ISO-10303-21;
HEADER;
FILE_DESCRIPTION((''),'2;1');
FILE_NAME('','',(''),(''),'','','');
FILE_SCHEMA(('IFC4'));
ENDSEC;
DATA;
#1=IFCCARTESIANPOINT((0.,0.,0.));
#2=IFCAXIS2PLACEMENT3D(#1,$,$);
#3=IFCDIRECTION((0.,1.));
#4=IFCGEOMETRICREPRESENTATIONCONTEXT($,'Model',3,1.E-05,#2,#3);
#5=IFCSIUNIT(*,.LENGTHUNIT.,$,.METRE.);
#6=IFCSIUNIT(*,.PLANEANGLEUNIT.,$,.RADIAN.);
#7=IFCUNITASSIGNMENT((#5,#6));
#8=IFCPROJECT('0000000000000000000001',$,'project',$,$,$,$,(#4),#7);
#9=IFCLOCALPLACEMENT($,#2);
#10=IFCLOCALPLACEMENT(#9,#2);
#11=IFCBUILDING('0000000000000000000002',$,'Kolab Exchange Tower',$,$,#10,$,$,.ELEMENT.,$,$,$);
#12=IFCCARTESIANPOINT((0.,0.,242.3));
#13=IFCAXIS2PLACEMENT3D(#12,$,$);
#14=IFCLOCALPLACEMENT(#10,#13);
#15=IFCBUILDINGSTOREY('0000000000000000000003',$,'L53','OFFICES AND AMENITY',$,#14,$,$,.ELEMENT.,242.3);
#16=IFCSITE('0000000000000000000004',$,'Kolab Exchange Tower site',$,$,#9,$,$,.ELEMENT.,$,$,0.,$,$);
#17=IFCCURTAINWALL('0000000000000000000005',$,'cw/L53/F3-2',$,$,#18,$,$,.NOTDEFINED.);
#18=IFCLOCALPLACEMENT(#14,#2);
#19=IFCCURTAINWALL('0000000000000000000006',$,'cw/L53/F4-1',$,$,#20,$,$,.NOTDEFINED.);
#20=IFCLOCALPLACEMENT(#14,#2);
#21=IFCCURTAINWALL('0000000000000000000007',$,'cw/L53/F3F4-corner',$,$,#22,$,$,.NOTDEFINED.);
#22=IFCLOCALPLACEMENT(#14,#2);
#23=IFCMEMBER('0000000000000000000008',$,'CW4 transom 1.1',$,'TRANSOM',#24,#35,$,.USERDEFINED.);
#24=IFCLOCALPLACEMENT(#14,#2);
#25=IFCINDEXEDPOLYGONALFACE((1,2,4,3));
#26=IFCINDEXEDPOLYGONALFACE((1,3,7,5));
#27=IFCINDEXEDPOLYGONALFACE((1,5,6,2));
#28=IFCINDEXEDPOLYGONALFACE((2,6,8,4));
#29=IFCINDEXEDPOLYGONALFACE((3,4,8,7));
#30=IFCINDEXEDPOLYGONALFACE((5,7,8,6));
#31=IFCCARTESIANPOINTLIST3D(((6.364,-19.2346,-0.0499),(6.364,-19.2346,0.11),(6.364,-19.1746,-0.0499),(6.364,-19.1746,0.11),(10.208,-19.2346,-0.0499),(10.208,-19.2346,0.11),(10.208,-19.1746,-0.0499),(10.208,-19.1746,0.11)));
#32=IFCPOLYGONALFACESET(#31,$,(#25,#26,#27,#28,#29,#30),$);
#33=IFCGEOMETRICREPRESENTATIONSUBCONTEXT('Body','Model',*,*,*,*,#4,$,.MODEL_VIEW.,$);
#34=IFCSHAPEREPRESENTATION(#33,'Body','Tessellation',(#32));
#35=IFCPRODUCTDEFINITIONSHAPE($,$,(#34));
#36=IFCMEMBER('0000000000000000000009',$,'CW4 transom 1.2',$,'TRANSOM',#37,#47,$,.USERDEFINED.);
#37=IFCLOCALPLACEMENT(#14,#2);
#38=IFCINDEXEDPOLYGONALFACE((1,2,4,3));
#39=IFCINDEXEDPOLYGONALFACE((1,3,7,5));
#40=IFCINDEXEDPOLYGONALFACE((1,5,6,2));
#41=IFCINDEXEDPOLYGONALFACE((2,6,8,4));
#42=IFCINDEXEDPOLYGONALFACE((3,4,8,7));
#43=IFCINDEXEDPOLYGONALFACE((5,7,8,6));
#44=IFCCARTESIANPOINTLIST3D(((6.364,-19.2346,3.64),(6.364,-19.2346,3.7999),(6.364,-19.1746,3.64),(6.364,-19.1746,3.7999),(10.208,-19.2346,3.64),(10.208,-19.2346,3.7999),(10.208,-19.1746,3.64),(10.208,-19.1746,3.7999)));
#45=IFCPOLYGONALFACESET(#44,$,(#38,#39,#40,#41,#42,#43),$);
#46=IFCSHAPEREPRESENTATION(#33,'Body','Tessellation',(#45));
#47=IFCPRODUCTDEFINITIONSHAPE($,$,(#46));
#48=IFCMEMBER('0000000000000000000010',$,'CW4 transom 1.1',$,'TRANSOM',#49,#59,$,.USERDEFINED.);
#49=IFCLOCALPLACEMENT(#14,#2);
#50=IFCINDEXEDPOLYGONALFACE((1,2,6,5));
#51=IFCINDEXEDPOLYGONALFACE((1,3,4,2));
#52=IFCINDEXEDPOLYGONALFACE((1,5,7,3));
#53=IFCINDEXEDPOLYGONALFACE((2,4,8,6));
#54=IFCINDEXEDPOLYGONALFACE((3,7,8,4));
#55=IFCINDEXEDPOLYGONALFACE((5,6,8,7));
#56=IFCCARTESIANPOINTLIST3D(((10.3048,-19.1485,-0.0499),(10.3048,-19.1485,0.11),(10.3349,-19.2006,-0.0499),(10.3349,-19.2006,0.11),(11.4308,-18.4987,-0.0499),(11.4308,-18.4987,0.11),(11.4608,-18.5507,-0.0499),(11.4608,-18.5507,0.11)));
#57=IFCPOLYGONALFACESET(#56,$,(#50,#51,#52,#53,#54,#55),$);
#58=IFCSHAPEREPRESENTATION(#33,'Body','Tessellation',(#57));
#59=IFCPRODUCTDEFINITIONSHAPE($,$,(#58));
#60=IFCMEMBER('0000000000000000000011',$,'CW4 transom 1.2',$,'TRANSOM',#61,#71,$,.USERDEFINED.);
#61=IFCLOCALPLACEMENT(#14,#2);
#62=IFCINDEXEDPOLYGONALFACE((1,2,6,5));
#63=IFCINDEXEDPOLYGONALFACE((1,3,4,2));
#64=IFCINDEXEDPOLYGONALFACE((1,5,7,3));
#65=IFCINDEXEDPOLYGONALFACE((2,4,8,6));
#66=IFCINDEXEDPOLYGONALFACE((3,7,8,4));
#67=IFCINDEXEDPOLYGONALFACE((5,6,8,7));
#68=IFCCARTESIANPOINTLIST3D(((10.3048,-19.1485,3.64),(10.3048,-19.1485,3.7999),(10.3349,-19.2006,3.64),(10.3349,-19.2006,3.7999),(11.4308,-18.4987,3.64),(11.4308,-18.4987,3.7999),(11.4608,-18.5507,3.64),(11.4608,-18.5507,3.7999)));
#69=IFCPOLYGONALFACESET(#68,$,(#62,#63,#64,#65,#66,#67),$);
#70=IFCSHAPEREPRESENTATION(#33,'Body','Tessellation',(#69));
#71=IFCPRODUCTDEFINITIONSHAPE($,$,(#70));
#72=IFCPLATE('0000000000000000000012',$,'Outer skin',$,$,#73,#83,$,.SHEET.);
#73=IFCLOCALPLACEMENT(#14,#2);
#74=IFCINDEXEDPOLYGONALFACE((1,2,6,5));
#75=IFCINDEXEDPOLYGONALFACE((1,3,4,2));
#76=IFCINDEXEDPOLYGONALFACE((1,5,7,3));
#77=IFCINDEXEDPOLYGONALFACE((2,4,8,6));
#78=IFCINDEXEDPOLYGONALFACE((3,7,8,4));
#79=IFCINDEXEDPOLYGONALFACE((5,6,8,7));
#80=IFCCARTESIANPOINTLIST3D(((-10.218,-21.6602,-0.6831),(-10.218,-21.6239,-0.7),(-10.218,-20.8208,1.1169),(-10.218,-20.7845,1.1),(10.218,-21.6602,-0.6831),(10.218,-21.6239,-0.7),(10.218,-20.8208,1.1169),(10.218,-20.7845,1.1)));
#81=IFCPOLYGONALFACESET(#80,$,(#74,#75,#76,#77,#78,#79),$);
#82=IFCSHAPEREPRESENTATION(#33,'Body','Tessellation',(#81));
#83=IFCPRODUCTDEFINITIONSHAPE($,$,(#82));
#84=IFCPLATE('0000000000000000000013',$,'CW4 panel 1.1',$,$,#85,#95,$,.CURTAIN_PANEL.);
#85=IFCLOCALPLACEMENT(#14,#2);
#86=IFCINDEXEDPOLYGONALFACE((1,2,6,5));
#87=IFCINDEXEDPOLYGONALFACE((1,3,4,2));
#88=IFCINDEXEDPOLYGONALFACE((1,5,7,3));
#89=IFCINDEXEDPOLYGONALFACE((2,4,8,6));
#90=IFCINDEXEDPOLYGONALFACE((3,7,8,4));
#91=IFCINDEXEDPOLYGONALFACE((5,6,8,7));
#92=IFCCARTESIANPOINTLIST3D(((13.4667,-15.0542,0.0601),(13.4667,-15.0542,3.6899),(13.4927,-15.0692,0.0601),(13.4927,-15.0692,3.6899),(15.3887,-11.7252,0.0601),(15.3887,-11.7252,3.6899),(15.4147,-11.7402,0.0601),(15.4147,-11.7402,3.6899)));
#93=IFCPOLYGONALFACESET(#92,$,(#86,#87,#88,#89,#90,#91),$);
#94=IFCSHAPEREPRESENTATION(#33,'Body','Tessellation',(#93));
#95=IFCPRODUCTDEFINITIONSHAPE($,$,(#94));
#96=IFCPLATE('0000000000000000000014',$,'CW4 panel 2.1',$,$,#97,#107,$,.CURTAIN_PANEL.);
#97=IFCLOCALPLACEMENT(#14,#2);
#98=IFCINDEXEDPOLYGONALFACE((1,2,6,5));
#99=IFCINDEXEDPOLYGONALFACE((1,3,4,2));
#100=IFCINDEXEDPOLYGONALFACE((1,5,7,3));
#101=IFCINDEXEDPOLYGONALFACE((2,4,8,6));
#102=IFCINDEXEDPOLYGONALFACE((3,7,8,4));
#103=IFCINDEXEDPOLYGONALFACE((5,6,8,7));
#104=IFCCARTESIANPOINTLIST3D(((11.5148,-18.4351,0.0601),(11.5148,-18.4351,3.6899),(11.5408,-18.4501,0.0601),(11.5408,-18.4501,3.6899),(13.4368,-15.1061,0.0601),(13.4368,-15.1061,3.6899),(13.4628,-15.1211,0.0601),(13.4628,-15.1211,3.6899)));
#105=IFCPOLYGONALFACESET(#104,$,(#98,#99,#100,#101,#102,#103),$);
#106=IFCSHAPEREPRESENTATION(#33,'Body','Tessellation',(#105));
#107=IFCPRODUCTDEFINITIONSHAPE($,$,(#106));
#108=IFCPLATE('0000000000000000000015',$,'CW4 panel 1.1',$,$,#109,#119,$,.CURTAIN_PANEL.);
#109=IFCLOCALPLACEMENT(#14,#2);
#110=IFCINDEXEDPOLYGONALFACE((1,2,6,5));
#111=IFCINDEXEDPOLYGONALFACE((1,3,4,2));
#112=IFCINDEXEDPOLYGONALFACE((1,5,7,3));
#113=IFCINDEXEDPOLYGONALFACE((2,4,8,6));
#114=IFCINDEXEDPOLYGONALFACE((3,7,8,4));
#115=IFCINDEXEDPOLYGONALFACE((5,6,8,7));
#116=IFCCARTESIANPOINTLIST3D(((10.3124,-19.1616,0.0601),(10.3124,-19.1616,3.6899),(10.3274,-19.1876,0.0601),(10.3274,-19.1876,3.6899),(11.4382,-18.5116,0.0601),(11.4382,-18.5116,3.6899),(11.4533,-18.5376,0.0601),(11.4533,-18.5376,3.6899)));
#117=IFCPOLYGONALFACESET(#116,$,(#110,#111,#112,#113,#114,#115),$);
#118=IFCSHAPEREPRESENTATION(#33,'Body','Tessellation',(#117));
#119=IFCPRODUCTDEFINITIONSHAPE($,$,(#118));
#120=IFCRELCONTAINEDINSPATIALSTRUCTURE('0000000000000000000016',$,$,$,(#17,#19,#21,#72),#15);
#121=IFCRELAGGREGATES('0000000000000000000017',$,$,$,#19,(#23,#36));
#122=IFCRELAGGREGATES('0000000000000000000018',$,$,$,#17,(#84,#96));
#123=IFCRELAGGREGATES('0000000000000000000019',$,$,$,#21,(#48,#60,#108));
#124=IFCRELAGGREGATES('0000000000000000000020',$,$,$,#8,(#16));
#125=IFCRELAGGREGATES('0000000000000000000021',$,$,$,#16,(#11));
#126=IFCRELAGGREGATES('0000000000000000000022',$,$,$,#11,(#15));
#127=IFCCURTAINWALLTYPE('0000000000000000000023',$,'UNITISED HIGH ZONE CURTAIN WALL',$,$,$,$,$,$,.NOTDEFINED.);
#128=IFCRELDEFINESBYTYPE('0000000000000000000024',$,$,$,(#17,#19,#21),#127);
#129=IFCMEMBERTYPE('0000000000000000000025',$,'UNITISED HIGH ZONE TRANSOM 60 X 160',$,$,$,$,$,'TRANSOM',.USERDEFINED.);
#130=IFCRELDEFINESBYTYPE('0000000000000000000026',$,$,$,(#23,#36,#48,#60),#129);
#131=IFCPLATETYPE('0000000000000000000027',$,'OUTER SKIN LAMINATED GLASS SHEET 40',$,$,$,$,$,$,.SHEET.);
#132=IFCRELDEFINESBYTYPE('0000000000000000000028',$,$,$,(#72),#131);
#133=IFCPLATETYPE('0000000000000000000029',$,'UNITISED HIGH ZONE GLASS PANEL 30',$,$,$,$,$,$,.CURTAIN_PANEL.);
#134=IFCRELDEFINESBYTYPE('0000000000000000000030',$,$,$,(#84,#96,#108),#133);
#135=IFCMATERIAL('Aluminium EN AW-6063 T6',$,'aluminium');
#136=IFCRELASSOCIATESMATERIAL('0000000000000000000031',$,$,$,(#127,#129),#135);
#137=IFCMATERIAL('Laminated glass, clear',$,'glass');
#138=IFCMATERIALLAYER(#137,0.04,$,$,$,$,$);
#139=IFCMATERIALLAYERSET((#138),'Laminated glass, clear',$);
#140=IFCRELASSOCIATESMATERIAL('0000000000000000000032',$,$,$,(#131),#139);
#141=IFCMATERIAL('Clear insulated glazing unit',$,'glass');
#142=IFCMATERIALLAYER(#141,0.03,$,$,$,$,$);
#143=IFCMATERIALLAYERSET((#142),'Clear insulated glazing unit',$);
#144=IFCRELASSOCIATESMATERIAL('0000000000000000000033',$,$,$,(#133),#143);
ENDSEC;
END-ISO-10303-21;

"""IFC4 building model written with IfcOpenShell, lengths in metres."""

from ifc_helpers import new_model, si_unit, direction, frame, origin, origin_2d, place, context, subcontext, project, spatial, polyline, rectangle, outline, extrude, material, layer, layer_set, material_profile, profile_set, type_object, element, aggregate, save


model = new_model("IFC4")

# Units and contexts
model_context = context("Model", 3, precision=1e-05, world=origin(), true_north=direction((0.0, 1.0)))
body_context = subcontext(model_context, "Body", "Model", "MODEL_VIEW")
ifc_project = project(units=[si_unit("LENGTHUNIT", "METRE"), si_unit("PLANEANGLEUNIT", "RADIAN")], contexts=[model_context])

# Site, building, storey
site_placement = place(None, origin())
site = spatial("IfcSite", under=ifc_project, at=site_placement, Name="Kolab Exchange Tower site", CompositionType="ELEMENT", RefElevation=0.0)
building_placement = place(site_placement, origin())
building = spatial("IfcBuilding", under=site, at=building_placement, Name="Kolab Exchange Tower", CompositionType="ELEMENT")
storey_placement = place(building_placement, frame((0.0, 0.0, 242.3)))
storey = spatial("IfcBuildingStorey", under=building, at=storey_placement, Name="L53", Description="OFFICES AND AMENITY", CompositionType="ELEMENT", Elevation=242.3)

# Curtain wall
ifc_material_1 = material(Name="Aluminium EN AW-6063 T6", Category="aluminium")
curtain_wall_type = type_object("IfcCurtainWallType", Name="UNITISED HIGH ZONE CURTAIN WALL", PredefinedType="NOTDEFINED", material=ifc_material_1)
curtain_wall_1_placement = place(storey_placement, origin())
curtain_wall_1 = element("IfcCurtainWall", 1, at=curtain_wall_1_placement, inside=storey, type_object=curtain_wall_type, Name="cw/L53/F3-2", PredefinedType="NOTDEFINED")

# Curtain wall
curtain_wall_2_placement = place(storey_placement, origin())
curtain_wall_2 = element("IfcCurtainWall", 2, at=curtain_wall_2_placement, inside=storey, type_object=curtain_wall_type, Name="cw/L53/F4-1", PredefinedType="NOTDEFINED")

# Curtain wall
curtain_wall_3_placement = place(storey_placement, origin())
curtain_wall_3 = element("IfcCurtainWall", 3, at=curtain_wall_3_placement, inside=storey, type_object=curtain_wall_type, Name="cw/L53/F3F4-corner", PredefinedType="NOTDEFINED")

# Members
ifc_material_profile_1 = material_profile(ifc_material_1, rectangle(XDim=0.0601, YDim=0.1599, at=origin_2d()), Name="RECT 60X160")
ifc_profile_set_1 = profile_set([ifc_material_profile_1], Name="Aluminium EN AW-6063 T6")
member_type_1 = type_object("IfcMemberType", Name="UNITISED HIGH ZONE TRANSOM 60 X 160", ElementType="TRANSOM", PredefinedType="USERDEFINED", material=ifc_profile_set_1)
member_1_placement = place(storey_placement, frame((10.208, -19.2046, 0.03), z_axis=(-1.0, 0.0, 0.0), x_axis=(0.0, -1.0, 0.0)))
member_1 = element("IfcMember", 4, at=member_1_placement, type_object=member_type_1, Name="CW4 transom 1.1", ObjectType="TRANSOM", PredefinedType="USERDEFINED", context=body_context, shape_type="SweptSolid", body=[
    extrude(rectangle(XDim=0.0601, YDim=0.1599, at=origin_2d()), origin(), (0.0, 0.0, 1.0), 3.844),
])
member_2_placement = place(storey_placement, frame((10.208, -19.2046, 3.72), z_axis=(-1.0, 0.0, 0.0), x_axis=(0.0, -1.0, 0.0)))
member_2 = element("IfcMember", 5, at=member_2_placement, type_object=member_type_1, Name="CW4 transom 1.2", ObjectType="TRANSOM", PredefinedType="USERDEFINED", context=body_context, shape_type="SweptSolid", body=[
    extrude(rectangle(XDim=0.0601, YDim=0.1599, at=origin_2d()), origin(), (0.0, 0.0, 1.0), 3.844),
])
aggregate(curtain_wall_2, [member_1, member_2])
member_3_placement = place(storey_placement, frame((11.4458, -18.5247, 0.03), z_axis=(-0.866086, -0.499896, 0.0), x_axis=(0.499896, -0.866086, 0.0)))
member_3 = element("IfcMember", 6, at=member_3_placement, type_object=member_type_1, Name="CW4 transom 1.1", ObjectType="TRANSOM", PredefinedType="USERDEFINED", context=body_context, shape_type="SweptSolid", body=[
    extrude(rectangle(XDim=0.0601, YDim=0.1599, at=origin_2d()), origin(), (0.0, 0.0, 1.0), 1.3),
])
member_4_placement = place(storey_placement, frame((11.4458, -18.5247, 3.72), z_axis=(-0.866086, -0.499896, 0.0), x_axis=(0.499896, -0.866086, 0.0)))
member_4 = element("IfcMember", 7, at=member_4_placement, type_object=member_type_1, Name="CW4 transom 1.2", ObjectType="TRANSOM", PredefinedType="USERDEFINED", context=body_context, shape_type="SweptSolid", body=[
    extrude(rectangle(XDim=0.0601, YDim=0.1599, at=origin_2d()), origin(), (0.0, 0.0, 1.0), 1.3),
])

# Plates
ifc_material_2 = material(Name="Laminated glass, clear", Category="glass")
ifc_layer_1 = layer(ifc_material_2, 0.04)
ifc_layer_set_1 = layer_set([ifc_layer_1], Name="Laminated glass, clear")
plate_type_1 = type_object("IfcPlateType", Name="OUTER SKIN LAMINATED GLASS SHEET 40", PredefinedType="SHEET", material=ifc_layer_set_1)
plate_1_placement = place(storey_placement, frame((10.218, -21.6602, -0.6831), z_axis=(0.0, -0.906312, 0.42261), x_axis=(-1.0, 0.0, 0.0)))
element("IfcPlate", 8, at=plate_1_placement, inside=storey, type_object=plate_type_1, Name="Outer skin", PredefinedType="SHEET", context=body_context, shape_type="SweptSolid", body=[
    extrude(outline(polyline([(0.0, 0.0), (20.436, 0.0), (20.436, -1.9861), (0.0, -1.9861), (0.0, 0.0)])), origin(), (0.0, 0.0, -1.0), 0.04),
])
ifc_material_3 = material(Name="Clear insulated glazing unit", Category="glass")
ifc_layer_2 = layer(ifc_material_3, 0.03)
ifc_layer_set_2 = layer_set([ifc_layer_2], Name="Clear insulated glazing unit")
plate_type_2 = type_object("IfcPlateType", Name="UNITISED HIGH ZONE GLASS PANEL 30", PredefinedType="CURTAIN_PANEL", material=ifc_layer_set_2)
plate_2_placement = place(storey_placement, frame((14.4407, -13.3972, 0.0601), z_axis=(0.0, 0.0, 1.0), x_axis=(-0.5, -0.866025, 0.0)))
plate_2 = element("IfcPlate", 9, at=plate_2_placement, type_object=plate_type_2, Name="CW4 panel 1.1", PredefinedType="CURTAIN_PANEL", context=body_context, shape_type="SweptSolid", body=[
    extrude(rectangle(XDim=3.844, YDim=0.03, at=origin_2d()), origin(), (0.0, 0.0, 1.0), 3.6299),
])
plate_3_placement = place(storey_placement, frame((12.4888, -16.7781, 0.0601), z_axis=(0.0, 0.0, 1.0), x_axis=(-0.5, -0.866025, 0.0)))
plate_3 = element("IfcPlate", 10, at=plate_3_placement, type_object=plate_type_2, Name="CW4 panel 2.1", PredefinedType="CURTAIN_PANEL", context=body_context, shape_type="SweptSolid", body=[
    extrude(rectangle(XDim=3.844, YDim=0.03, at=origin_2d()), origin(), (0.0, 0.0, 1.0), 3.6299),
])
aggregate(curtain_wall_1, [plate_2, plate_3])
plate_4_placement = place(storey_placement, frame((10.8828, -18.8496, 0.0601), z_axis=(0.0, 0.0, 1.0), x_axis=(-0.866025, -0.5, 0.0)))
plate_4 = element("IfcPlate", 11, at=plate_4_placement, type_object=plate_type_2, Name="CW4 panel 1.1", PredefinedType="CURTAIN_PANEL", context=body_context, shape_type="SweptSolid", body=[
    extrude(rectangle(XDim=1.3, YDim=0.03, at=origin_2d()), origin(), (0.0, 0.0, 1.0), 3.6299),
])
aggregate(curtain_wall_3, [member_3, member_4, plate_4])

save(model, "model.ifc")
